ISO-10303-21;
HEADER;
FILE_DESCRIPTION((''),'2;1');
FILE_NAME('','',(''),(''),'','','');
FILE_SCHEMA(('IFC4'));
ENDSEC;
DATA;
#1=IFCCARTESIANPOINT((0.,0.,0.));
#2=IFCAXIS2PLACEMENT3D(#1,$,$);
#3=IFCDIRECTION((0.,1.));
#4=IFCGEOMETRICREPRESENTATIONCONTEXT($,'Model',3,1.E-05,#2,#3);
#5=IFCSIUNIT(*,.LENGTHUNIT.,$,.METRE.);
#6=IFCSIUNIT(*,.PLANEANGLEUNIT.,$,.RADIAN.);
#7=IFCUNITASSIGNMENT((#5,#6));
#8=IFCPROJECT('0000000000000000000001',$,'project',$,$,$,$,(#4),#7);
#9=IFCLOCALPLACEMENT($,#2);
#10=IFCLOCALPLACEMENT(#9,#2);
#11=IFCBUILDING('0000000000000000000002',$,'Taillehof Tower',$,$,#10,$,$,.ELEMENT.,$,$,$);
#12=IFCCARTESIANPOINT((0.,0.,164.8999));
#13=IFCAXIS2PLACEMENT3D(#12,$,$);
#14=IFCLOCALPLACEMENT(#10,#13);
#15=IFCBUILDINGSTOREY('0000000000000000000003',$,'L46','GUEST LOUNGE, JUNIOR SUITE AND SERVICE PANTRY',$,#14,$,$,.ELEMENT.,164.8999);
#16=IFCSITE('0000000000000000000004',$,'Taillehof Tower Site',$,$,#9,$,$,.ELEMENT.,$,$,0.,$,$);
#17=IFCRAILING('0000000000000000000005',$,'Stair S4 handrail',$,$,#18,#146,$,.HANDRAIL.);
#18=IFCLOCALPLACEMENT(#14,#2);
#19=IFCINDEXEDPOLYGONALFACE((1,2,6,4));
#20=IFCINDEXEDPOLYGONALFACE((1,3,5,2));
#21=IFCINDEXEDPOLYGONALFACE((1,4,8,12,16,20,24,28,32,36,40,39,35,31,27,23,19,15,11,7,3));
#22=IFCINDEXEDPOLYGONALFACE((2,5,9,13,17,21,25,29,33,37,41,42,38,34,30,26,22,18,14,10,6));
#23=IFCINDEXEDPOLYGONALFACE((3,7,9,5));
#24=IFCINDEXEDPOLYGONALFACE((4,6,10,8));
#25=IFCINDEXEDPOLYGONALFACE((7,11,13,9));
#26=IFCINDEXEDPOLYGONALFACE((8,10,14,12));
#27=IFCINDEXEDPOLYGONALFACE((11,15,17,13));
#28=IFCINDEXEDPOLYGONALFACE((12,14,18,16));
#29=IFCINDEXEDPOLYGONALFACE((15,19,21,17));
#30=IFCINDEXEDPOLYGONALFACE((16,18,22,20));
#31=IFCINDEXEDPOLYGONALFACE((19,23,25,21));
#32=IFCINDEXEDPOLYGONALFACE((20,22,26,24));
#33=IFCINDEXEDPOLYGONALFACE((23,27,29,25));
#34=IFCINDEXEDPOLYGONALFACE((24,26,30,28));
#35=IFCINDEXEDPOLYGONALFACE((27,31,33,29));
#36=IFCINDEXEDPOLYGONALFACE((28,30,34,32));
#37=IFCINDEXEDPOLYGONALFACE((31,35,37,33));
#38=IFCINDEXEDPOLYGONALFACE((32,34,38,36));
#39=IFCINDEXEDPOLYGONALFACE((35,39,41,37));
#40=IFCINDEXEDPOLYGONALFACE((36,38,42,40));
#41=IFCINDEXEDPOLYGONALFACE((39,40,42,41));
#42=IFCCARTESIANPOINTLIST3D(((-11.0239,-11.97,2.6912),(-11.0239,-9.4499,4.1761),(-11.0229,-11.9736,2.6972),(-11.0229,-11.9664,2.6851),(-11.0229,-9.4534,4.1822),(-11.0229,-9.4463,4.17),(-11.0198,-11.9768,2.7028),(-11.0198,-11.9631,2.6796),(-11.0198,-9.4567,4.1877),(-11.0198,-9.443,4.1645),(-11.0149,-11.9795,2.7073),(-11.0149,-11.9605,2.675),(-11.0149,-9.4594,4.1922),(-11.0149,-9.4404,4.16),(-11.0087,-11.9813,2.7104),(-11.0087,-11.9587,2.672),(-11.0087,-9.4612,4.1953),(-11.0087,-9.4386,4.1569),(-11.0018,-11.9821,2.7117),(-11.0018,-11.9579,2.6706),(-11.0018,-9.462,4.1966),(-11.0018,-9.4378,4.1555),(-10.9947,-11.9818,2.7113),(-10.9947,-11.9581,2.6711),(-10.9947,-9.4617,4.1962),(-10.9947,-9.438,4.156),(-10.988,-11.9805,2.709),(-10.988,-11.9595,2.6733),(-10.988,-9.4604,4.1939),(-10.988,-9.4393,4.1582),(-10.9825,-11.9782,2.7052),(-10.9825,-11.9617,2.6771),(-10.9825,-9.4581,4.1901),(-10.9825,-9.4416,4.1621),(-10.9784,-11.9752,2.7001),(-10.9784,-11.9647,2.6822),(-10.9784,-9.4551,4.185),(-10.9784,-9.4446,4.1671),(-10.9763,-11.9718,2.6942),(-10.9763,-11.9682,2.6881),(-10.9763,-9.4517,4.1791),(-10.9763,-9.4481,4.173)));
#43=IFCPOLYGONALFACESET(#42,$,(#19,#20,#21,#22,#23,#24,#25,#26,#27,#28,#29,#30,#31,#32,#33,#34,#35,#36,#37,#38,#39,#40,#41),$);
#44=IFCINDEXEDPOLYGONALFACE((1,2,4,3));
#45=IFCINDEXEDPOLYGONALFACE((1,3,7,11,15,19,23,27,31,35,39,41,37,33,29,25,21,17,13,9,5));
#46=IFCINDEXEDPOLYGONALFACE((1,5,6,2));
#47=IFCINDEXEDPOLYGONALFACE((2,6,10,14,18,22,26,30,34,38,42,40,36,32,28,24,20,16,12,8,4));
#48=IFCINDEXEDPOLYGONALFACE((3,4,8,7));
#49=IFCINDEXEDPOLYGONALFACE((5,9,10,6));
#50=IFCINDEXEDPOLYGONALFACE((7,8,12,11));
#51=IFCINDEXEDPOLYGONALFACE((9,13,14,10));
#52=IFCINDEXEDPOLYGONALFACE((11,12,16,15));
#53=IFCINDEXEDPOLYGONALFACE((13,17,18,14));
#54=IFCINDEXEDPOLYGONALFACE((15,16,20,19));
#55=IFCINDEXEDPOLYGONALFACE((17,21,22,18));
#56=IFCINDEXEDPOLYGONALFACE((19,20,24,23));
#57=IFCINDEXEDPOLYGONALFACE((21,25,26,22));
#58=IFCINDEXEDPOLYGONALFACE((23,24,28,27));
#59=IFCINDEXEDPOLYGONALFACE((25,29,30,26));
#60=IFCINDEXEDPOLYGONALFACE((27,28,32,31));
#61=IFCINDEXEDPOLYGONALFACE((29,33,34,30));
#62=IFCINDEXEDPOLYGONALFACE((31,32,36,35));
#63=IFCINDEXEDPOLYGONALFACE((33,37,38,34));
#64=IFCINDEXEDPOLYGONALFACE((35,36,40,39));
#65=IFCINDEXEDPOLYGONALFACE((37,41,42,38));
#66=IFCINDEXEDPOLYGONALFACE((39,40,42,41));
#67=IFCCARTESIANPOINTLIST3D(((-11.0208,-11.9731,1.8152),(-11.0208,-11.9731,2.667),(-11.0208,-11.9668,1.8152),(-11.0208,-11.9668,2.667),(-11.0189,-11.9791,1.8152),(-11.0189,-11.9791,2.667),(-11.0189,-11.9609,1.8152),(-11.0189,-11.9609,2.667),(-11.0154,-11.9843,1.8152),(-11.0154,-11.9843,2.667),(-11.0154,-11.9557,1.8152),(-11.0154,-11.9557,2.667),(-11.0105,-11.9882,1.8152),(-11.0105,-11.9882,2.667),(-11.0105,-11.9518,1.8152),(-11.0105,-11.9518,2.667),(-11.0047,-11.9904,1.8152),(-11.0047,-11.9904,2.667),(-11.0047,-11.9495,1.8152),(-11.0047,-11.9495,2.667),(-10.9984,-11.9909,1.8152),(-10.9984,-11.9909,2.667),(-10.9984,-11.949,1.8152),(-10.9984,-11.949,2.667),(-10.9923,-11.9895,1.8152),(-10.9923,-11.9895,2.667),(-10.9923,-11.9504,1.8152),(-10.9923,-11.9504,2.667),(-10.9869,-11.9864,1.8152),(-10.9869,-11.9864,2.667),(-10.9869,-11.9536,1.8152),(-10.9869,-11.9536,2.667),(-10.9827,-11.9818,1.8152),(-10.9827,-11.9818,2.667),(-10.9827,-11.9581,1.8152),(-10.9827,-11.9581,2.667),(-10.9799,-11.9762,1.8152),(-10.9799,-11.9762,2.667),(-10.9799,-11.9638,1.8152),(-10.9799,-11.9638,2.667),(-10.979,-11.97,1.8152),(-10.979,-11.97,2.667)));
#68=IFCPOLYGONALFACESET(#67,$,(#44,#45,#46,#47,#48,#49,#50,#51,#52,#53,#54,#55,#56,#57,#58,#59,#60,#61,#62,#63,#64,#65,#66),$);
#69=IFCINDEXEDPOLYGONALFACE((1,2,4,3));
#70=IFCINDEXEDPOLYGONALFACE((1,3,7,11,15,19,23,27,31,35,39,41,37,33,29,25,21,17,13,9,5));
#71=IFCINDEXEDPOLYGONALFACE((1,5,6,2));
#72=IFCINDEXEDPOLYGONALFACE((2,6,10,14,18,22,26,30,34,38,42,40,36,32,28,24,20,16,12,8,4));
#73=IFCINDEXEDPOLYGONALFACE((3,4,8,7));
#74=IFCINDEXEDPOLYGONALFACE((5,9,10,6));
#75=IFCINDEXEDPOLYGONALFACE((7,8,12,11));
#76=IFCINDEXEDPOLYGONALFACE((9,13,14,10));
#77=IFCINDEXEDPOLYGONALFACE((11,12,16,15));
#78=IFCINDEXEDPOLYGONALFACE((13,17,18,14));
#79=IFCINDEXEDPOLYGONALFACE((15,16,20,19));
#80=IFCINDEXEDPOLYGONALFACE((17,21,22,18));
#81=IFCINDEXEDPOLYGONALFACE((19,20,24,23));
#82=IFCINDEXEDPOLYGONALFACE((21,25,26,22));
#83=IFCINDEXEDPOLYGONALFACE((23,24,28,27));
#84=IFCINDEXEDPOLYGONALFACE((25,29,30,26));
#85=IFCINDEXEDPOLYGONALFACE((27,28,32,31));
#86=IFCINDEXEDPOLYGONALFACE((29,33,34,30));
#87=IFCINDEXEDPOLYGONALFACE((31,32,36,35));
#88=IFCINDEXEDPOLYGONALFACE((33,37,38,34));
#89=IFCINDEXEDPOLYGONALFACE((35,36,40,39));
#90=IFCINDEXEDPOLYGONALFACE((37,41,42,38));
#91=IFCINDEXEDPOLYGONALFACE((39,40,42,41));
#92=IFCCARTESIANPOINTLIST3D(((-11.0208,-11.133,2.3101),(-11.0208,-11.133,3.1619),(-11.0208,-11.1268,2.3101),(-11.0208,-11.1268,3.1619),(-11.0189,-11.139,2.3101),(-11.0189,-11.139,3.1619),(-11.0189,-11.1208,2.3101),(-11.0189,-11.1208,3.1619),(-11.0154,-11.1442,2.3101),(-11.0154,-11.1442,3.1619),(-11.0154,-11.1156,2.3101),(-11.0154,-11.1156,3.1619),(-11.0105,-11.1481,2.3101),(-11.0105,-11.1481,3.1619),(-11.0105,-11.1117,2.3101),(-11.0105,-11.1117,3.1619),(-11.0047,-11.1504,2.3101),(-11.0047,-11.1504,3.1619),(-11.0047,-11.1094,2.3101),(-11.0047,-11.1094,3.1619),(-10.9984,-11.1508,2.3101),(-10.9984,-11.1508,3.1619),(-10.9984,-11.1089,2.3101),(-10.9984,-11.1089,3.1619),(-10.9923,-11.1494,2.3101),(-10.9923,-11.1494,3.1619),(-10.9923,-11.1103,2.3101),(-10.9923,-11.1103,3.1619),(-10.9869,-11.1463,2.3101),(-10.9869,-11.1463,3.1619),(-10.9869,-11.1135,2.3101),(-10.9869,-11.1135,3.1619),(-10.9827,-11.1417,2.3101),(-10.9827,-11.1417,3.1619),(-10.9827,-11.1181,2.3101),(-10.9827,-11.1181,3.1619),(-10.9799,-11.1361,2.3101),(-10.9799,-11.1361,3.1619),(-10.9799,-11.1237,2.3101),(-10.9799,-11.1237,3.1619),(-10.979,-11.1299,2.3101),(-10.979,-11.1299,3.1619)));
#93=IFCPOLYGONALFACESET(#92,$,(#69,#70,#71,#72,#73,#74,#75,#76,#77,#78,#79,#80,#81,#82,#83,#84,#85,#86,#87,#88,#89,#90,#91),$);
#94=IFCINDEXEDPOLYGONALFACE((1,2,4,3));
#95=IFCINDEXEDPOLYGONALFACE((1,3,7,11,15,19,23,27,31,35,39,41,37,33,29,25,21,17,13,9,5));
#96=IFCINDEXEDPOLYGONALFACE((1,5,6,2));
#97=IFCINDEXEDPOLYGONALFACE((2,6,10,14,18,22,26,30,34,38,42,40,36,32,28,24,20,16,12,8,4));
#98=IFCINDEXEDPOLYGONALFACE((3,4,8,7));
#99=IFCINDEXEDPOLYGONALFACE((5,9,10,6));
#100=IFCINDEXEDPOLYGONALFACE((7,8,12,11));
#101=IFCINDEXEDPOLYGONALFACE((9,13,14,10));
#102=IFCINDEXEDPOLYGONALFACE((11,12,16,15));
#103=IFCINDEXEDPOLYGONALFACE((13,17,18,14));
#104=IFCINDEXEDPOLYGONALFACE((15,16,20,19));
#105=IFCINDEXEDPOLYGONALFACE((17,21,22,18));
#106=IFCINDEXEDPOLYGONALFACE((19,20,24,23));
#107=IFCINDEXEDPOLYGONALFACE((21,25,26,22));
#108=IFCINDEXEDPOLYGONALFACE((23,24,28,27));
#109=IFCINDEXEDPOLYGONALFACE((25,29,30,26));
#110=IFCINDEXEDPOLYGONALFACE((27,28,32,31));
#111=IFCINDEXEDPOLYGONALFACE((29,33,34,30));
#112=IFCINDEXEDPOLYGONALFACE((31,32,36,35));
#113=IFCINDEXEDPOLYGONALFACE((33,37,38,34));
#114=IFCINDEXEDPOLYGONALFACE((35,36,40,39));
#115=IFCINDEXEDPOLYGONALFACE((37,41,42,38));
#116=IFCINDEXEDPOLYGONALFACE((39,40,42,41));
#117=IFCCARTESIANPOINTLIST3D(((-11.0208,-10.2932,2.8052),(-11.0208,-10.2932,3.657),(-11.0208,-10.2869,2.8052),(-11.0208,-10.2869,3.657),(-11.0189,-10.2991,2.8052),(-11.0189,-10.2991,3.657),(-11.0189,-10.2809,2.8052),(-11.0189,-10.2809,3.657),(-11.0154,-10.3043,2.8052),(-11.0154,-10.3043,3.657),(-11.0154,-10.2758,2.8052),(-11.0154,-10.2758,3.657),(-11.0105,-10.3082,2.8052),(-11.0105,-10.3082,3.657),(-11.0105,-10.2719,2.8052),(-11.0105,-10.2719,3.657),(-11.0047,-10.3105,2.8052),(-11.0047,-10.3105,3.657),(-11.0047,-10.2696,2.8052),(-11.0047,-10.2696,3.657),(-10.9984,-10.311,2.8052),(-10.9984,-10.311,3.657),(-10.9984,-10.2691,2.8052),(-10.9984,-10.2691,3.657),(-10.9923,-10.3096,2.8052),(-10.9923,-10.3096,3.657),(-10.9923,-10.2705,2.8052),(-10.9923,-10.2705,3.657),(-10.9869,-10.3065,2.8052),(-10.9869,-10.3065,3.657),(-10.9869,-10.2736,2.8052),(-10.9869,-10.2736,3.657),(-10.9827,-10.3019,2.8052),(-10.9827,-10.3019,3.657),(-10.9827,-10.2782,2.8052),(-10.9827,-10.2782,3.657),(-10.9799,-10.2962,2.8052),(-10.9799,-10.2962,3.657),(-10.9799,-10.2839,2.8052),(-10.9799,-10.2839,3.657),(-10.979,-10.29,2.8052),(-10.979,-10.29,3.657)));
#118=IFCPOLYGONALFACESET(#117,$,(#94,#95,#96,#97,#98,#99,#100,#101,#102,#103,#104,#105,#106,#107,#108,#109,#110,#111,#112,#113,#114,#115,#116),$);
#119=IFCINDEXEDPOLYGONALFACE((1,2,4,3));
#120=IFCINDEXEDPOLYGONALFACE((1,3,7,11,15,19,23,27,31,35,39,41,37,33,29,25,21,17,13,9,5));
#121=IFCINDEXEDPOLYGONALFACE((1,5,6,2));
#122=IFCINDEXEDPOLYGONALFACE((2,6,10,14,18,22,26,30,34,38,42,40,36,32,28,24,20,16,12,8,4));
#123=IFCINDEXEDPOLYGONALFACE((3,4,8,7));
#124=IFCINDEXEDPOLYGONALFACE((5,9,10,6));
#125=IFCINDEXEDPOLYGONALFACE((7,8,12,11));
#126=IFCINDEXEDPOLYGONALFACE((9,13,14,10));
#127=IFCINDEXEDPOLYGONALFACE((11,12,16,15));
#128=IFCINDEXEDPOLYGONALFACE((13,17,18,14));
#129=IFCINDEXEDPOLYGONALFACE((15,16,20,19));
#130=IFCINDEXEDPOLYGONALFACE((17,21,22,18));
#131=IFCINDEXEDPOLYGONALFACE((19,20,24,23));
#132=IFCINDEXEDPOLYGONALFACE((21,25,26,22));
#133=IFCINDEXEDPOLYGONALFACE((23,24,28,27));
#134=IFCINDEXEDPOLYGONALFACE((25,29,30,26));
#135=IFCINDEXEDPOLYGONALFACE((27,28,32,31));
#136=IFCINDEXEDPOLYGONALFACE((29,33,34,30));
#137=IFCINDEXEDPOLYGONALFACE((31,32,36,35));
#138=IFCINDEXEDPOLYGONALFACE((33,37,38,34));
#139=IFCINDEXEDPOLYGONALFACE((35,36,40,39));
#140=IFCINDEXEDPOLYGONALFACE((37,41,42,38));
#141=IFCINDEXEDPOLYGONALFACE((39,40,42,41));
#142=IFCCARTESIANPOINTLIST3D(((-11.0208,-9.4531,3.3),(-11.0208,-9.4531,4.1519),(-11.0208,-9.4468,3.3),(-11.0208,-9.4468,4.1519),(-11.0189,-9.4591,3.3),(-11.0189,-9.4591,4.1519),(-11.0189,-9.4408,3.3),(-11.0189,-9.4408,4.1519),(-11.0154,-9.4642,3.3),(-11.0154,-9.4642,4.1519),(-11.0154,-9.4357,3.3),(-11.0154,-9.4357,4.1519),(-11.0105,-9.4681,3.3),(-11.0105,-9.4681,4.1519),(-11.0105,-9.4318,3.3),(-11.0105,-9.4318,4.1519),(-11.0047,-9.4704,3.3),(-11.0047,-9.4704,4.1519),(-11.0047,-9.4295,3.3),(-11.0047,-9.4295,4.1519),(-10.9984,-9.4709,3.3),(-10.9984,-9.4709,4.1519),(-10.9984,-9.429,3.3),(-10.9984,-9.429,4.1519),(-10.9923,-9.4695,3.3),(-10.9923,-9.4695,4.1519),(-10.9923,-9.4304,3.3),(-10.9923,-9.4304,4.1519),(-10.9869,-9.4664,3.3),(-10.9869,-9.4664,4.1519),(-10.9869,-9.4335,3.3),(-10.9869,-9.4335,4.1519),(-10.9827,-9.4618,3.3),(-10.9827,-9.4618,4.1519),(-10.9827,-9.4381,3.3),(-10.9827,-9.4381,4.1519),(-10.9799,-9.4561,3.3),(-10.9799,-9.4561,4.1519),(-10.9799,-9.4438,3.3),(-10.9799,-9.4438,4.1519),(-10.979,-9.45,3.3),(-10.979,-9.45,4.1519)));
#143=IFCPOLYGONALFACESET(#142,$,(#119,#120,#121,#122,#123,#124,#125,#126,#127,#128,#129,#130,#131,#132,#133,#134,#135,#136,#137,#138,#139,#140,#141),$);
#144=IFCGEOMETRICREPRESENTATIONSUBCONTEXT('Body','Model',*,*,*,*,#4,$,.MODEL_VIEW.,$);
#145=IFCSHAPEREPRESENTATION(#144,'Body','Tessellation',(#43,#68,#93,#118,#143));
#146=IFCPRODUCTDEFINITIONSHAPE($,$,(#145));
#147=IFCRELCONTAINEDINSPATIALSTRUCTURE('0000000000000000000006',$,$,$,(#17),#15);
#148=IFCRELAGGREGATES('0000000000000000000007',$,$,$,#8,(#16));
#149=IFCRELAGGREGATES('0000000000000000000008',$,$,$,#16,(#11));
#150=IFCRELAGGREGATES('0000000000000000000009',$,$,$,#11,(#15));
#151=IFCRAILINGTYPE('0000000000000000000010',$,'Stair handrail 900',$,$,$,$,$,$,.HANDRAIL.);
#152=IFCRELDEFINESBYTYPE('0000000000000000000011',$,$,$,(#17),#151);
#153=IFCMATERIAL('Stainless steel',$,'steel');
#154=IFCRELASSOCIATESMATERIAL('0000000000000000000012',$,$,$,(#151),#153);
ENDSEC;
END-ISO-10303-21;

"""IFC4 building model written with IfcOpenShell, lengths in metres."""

from ifc_helpers import new_model, si_unit, direction, frame, origin, origin_2d, place, context, subcontext, project, spatial, circle, extrude, material, type_object, element, save


model = new_model("IFC4")

# Units and contexts
model_context = context("Model", 3, precision=1e-05, world=origin(), true_north=direction((0.0, 1.0)))
body_context = subcontext(model_context, "Body", "Model", "MODEL_VIEW")
ifc_project = project(units=[si_unit("LENGTHUNIT", "METRE"), si_unit("PLANEANGLEUNIT", "RADIAN")], contexts=[model_context])

# Site, building, storey
site_placement = place(None, origin())
site = spatial("IfcSite", under=ifc_project, at=site_placement, Name="Taillehof Tower Site", CompositionType="ELEMENT", RefElevation=0.0)
building_placement = place(site_placement, origin())
building = spatial("IfcBuilding", under=site, at=building_placement, Name="Taillehof Tower", CompositionType="ELEMENT")
storey_placement = place(building_placement, frame((0.0, 0.0, 164.8999)))
storey = spatial("IfcBuildingStorey", under=building, at=storey_placement, Name="L46", Description="GUEST LOUNGE, JUNIOR SUITE AND SERVICE PANTRY", CompositionType="ELEMENT", Elevation=164.8999)

# Railing
ifc_material_1 = material(Name="Stainless steel", Category="steel")
railing_type = type_object("IfcRailingType", Name="Stair handrail 900", PredefinedType="HANDRAIL", material=ifc_material_1)
railing_placement = place(storey_placement, frame((-11.0, -11.97, 1.8152)))
element("IfcRailing", 1, at=railing_placement, inside=storey, type_object=railing_type, Name="Stair S4 handrail", PredefinedType="HANDRAIL", context=body_context, shape_type="SweptSolid", body=[
    extrude(circle(Radius=0.0239, at=origin_2d()), frame((0.0, 0.0, 0.876), z_axis=(0.0, 0.861561, 0.507655), x_axis=(-1.0, 0.0, 0.0)), (0.0, 0.0, 1.0), 2.925),
    extrude(circle(Radius=0.021, at=origin_2d()), origin(), (0.0, 0.0, 1.0), 0.8518),
    extrude(circle(Radius=0.021, at=origin_2d()), frame((0.0, 0.8401, 0.4949)), (0.0, 0.0, 1.0), 0.8518),
    extrude(circle(Radius=0.021, at=origin_2d()), frame((0.0, 1.6799, 0.99)), (0.0, 0.0, 1.0), 0.8518),
    extrude(circle(Radius=0.021, at=origin_2d()), frame((0.0, 2.52, 1.4849)), (0.0, 0.0, 1.0), 0.8518),
])

save(model, "model.ifc")
